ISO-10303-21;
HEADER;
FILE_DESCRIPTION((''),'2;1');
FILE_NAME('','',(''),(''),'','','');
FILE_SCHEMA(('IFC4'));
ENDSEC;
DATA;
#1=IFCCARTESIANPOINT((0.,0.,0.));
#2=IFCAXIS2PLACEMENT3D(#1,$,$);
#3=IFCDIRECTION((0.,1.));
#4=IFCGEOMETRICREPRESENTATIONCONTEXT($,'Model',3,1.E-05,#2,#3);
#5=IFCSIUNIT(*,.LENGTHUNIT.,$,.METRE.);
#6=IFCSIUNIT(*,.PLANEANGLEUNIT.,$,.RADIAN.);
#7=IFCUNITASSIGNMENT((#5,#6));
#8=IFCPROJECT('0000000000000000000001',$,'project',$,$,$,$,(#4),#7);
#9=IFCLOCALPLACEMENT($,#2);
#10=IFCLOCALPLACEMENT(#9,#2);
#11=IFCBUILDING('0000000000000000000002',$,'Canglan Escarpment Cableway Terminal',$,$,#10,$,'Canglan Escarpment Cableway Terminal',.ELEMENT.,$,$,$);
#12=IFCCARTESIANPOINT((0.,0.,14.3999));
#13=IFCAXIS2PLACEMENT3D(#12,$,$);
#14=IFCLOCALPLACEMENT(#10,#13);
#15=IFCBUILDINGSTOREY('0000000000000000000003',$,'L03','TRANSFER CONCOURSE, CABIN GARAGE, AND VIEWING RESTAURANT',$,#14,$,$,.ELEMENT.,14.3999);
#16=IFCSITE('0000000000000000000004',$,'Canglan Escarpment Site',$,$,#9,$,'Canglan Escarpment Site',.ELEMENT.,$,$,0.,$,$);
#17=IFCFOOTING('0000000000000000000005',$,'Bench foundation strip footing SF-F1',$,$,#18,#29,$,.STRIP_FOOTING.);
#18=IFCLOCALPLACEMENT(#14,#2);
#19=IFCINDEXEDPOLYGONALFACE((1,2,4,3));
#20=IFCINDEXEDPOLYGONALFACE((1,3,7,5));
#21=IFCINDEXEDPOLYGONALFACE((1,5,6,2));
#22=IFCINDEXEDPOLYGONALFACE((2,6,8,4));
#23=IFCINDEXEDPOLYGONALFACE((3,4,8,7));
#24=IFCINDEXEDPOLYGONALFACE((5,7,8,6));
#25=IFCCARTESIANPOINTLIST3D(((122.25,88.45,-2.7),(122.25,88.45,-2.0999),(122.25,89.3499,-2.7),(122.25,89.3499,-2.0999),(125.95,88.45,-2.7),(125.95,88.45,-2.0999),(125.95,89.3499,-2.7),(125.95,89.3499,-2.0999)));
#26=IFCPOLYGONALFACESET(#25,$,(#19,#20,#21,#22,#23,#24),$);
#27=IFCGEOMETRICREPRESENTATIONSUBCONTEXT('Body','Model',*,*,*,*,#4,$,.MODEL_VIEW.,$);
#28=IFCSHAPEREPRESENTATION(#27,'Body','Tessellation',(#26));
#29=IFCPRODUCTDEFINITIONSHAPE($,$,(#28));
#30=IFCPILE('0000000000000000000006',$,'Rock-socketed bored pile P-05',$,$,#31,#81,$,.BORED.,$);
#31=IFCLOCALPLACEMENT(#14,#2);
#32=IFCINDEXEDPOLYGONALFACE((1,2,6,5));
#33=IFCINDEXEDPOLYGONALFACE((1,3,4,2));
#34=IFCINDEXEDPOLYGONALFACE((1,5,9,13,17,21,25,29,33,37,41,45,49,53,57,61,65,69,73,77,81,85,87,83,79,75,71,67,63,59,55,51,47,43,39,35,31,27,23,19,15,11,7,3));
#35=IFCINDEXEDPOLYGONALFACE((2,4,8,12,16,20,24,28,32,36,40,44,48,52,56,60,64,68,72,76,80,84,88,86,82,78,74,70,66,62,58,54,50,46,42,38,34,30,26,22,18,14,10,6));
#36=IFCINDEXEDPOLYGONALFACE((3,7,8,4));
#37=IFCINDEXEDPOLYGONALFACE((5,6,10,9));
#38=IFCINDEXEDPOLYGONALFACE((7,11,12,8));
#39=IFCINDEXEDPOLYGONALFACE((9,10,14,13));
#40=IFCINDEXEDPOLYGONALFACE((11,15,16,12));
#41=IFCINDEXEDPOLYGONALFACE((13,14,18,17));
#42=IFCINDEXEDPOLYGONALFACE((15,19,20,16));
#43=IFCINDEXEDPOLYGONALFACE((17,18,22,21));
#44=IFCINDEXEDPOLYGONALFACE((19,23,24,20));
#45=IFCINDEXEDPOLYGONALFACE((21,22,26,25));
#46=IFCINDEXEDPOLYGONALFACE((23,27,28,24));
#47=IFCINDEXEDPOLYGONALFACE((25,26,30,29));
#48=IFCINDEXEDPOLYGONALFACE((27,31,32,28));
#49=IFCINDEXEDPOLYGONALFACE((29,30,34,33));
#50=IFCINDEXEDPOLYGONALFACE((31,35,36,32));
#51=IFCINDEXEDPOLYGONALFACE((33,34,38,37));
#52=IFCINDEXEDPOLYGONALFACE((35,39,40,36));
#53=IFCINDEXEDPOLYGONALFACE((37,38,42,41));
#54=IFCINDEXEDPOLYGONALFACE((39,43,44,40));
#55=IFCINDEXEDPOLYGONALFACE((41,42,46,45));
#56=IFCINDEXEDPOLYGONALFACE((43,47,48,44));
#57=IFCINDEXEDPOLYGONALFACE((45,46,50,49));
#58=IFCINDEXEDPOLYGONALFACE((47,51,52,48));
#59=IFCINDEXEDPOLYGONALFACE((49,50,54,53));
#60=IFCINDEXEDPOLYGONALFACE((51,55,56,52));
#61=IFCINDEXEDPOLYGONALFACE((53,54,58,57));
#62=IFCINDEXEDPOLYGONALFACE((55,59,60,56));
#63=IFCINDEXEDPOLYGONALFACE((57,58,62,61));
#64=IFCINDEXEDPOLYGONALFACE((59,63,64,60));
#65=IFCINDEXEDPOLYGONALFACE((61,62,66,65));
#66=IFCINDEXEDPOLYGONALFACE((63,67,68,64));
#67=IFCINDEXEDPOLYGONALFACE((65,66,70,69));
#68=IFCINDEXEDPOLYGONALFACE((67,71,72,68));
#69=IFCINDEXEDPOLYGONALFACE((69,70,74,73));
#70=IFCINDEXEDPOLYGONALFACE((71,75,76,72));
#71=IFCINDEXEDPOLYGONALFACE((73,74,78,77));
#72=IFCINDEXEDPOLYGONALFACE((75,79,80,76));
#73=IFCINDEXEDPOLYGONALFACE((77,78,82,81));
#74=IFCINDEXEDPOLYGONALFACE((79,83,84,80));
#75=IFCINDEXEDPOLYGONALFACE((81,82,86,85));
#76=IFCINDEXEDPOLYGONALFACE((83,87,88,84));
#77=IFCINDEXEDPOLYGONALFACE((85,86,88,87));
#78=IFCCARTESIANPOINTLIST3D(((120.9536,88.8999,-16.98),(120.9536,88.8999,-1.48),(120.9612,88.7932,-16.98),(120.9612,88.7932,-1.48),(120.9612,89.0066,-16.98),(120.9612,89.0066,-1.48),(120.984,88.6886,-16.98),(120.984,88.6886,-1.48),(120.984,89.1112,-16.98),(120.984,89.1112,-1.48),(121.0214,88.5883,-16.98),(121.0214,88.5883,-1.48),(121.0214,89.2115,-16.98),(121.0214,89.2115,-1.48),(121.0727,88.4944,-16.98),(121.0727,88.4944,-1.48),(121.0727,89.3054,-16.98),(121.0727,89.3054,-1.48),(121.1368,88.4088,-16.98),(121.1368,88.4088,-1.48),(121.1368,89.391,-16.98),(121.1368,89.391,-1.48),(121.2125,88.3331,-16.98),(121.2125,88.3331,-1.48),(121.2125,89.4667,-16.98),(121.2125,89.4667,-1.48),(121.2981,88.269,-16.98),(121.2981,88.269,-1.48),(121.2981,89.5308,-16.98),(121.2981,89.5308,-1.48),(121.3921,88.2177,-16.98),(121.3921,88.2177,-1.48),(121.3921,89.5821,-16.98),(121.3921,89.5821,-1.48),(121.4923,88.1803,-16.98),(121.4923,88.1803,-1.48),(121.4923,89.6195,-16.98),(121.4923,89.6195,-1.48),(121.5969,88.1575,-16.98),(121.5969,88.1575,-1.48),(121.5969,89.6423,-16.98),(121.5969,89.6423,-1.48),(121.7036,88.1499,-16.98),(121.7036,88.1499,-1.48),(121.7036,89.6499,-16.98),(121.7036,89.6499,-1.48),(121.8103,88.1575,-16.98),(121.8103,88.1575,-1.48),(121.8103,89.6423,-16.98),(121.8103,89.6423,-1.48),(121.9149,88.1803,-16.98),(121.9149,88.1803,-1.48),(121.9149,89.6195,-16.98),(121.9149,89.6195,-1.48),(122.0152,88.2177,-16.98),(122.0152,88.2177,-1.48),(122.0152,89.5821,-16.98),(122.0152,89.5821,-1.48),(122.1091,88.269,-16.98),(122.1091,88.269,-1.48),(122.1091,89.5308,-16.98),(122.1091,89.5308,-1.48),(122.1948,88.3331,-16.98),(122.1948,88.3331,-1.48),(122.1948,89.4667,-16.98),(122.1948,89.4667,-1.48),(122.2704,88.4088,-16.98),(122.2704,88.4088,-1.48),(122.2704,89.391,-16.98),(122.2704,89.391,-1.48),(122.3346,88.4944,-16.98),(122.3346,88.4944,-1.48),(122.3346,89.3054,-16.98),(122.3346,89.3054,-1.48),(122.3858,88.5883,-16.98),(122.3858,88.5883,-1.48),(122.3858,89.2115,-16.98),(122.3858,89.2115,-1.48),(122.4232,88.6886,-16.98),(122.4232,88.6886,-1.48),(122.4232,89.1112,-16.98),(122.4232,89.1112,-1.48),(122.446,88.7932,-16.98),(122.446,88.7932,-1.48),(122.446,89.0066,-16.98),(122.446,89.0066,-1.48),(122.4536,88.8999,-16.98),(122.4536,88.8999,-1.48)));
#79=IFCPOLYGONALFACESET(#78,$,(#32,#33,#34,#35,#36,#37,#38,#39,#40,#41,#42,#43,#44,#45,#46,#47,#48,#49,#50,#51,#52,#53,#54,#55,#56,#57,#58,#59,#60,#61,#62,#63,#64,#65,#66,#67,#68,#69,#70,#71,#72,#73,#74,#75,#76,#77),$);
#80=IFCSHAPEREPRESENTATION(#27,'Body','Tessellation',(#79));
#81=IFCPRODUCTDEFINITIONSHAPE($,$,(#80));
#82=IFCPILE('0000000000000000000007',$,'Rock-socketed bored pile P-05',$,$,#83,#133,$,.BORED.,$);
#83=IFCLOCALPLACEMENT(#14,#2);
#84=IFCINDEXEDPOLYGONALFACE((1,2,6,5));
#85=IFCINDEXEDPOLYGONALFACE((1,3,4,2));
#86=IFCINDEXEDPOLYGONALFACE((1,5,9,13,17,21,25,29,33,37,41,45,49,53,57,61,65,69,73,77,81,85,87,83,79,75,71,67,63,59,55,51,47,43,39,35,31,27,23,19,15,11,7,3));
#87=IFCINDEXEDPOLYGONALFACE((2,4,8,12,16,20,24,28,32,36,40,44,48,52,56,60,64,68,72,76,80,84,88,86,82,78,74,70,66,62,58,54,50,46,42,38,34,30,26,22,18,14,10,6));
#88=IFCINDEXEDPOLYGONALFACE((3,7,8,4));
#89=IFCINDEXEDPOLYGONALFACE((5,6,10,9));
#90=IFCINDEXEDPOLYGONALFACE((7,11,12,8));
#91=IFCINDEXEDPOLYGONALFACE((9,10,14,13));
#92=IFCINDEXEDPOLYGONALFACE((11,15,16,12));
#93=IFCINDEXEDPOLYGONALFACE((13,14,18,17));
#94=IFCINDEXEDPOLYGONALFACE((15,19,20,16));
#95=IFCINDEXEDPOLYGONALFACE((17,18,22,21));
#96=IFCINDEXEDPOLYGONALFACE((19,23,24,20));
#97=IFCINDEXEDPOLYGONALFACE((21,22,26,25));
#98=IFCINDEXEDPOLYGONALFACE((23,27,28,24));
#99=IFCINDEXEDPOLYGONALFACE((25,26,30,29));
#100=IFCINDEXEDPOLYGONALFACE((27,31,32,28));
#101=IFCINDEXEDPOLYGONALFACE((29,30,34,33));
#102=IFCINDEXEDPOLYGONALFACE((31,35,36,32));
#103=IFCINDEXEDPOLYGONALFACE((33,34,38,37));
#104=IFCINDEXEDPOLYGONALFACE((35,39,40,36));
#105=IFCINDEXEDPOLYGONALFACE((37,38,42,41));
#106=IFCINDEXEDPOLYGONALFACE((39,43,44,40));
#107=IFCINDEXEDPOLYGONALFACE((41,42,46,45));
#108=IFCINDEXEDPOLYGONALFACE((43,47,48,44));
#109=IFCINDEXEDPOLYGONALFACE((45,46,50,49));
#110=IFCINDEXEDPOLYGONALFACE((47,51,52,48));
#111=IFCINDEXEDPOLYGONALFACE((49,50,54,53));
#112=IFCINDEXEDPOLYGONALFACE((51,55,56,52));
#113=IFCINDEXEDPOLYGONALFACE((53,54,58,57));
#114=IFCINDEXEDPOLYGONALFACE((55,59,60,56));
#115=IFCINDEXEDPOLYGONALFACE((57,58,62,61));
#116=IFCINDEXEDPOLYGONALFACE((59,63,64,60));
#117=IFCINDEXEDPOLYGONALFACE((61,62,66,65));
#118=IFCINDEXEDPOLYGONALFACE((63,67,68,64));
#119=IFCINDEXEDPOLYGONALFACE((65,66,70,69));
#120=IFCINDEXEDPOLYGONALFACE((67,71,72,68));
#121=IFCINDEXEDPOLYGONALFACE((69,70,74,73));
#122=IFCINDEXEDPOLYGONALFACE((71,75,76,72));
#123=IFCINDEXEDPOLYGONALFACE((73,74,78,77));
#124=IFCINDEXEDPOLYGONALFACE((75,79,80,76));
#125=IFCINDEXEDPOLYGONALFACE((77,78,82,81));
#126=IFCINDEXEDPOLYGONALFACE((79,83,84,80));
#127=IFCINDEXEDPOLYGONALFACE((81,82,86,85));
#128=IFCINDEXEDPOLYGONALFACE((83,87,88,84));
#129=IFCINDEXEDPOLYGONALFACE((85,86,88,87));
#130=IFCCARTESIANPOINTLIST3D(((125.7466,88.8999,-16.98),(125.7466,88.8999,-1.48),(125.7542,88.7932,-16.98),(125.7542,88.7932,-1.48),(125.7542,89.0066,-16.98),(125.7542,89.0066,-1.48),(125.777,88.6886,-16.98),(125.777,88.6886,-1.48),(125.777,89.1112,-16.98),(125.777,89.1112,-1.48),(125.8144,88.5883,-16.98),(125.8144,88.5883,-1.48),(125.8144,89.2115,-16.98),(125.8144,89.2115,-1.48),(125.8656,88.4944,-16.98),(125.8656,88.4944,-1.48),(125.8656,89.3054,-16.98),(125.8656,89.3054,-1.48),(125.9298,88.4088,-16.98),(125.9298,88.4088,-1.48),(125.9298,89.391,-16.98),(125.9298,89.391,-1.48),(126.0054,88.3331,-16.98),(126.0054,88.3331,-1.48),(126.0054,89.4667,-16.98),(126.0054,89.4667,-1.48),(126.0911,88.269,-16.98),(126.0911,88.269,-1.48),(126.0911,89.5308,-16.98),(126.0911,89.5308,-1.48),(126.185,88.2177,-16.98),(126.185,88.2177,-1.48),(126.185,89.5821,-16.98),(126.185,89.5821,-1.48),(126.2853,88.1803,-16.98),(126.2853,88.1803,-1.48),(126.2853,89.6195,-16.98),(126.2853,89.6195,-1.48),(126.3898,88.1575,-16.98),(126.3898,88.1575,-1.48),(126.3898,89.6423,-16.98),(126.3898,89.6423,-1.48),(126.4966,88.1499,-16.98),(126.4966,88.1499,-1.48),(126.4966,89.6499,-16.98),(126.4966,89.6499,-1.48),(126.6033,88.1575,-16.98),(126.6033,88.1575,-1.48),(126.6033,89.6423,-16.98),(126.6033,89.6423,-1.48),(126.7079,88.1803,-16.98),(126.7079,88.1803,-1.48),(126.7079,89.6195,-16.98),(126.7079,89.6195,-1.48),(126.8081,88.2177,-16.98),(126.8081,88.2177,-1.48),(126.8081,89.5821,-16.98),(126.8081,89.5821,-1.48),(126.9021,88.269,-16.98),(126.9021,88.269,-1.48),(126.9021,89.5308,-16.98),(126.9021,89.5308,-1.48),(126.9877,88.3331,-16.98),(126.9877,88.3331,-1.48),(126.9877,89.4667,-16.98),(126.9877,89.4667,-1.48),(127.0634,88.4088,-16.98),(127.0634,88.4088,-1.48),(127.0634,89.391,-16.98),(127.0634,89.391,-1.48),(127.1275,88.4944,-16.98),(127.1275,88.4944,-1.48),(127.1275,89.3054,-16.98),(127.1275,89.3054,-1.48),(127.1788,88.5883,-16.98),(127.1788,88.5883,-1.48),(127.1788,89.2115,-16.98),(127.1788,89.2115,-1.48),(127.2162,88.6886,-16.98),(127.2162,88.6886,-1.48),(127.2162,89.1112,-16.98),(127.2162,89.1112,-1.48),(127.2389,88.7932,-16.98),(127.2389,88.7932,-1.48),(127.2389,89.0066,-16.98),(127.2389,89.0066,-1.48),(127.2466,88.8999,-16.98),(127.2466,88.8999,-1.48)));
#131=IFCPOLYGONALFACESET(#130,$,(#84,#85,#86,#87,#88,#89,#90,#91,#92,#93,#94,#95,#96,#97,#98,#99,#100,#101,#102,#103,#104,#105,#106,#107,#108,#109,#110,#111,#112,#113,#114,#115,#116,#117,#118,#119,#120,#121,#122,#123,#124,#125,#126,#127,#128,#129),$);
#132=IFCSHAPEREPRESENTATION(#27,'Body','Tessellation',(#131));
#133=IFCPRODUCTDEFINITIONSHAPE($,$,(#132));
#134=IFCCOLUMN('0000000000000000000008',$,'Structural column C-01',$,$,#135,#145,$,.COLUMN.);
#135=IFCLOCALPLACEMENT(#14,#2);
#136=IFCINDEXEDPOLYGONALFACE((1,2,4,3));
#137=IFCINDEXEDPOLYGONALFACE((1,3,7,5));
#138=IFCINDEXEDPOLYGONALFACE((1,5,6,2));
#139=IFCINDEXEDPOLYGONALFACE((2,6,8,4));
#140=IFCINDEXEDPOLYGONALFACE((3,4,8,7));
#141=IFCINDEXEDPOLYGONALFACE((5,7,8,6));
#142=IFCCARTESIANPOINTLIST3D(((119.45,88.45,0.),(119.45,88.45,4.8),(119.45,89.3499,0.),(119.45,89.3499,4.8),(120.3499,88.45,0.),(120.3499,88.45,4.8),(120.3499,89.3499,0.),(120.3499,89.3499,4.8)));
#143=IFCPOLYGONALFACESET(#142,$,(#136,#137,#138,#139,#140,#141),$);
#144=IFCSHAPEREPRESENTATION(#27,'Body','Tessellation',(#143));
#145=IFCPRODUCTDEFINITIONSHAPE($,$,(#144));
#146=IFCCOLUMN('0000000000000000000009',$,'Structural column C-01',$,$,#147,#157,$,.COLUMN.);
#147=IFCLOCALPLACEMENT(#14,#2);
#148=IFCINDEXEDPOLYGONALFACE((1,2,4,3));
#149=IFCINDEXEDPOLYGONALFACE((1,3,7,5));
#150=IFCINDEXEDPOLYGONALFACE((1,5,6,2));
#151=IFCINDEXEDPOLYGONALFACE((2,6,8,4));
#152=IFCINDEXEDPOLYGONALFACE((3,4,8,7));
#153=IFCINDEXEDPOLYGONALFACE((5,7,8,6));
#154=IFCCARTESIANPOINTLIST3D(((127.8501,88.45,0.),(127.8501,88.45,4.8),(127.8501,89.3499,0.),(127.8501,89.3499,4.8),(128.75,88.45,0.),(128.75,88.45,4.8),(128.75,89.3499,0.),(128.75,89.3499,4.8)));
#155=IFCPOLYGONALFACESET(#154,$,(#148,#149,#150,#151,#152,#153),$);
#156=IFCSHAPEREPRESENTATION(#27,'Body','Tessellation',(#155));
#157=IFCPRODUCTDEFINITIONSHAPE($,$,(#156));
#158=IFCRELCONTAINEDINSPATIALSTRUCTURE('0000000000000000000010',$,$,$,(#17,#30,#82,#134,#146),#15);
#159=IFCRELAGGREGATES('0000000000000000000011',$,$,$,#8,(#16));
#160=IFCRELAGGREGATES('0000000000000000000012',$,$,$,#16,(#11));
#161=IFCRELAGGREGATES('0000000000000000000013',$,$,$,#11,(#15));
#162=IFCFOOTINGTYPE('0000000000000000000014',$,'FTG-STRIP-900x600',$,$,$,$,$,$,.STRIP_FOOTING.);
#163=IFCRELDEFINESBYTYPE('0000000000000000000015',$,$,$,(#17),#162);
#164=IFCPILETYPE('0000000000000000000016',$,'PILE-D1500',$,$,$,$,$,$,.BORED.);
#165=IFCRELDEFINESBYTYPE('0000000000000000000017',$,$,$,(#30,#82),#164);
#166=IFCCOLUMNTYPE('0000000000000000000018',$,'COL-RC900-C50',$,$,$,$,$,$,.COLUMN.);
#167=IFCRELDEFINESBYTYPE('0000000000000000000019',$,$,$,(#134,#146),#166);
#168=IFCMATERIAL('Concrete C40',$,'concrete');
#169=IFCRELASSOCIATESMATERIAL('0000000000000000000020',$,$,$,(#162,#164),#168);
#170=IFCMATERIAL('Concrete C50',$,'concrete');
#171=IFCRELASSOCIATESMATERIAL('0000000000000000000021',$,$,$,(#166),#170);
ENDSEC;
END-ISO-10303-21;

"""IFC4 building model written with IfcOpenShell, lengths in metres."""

from ifc_helpers import new_model, si_unit, direction, frame, origin, origin_2d, place, context, subcontext, project, spatial, rectangle, circle, extrude, material, material_profile, profile_set, type_object, element, save


model = new_model("IFC4")

# Units and contexts
model_context = context("Model", 3, precision=1e-05, world=origin(), true_north=direction((0.0, 1.0)))
body_context = subcontext(model_context, "Body", "Model", "MODEL_VIEW")
ifc_project = project(units=[si_unit("LENGTHUNIT", "METRE"), si_unit("PLANEANGLEUNIT", "RADIAN")], contexts=[model_context])

# Site, building, storey
site_placement = place(None, origin())
site = spatial("IfcSite", under=ifc_project, at=site_placement, Name="Canglan Escarpment Site", LongName="Canglan Escarpment Site", CompositionType="ELEMENT", RefElevation=0.0)
building_placement = place(site_placement, origin())
building = spatial("IfcBuilding", under=site, at=building_placement, Name="Canglan Escarpment Cableway Terminal", LongName="Canglan Escarpment Cableway Terminal", CompositionType="ELEMENT")
storey_placement = place(building_placement, frame((0.0, 0.0, 14.3999)))
storey = spatial("IfcBuildingStorey", under=building, at=storey_placement, Name="L03", Description="TRANSFER CONCOURSE, CABIN GARAGE, AND VIEWING RESTAURANT", CompositionType="ELEMENT", Elevation=14.3999)

# Footing
ifc_material_1 = material(Name="Concrete C40", Category="concrete")
ifc_material_profile_1 = material_profile(ifc_material_1, rectangle(XDim=0.8999, YDim=0.6001, at=origin_2d()), Name="SF 900x600")
ifc_profile_set_1 = profile_set([ifc_material_profile_1], Name="Concrete C40")
footing_type = type_object("IfcFootingType", Name="FTG-STRIP-900x600", PredefinedType="STRIP_FOOTING", material=ifc_profile_set_1)
footing_placement = place(storey_placement, frame((122.25, 88.8999, -2.3999), z_axis=(1.0, 0.0, 0.0), x_axis=(0.0, 1.0, 0.0)))
element("IfcFooting", 1, at=footing_placement, inside=storey, type_object=footing_type, Name="Bench foundation strip footing SF-F1", PredefinedType="STRIP_FOOTING", context=body_context, shape_type="SweptSolid", body=[
    extrude(rectangle(XDim=0.8999, YDim=0.6001, at=origin_2d()), origin(), (0.0, 0.0, 1.0), 3.7),
])

# Piles
ifc_material_profile_2 = material_profile(ifc_material_1, circle(Radius=0.75, at=origin_2d()), Name="BORED PILE D1500")
ifc_profile_set_2 = profile_set([ifc_material_profile_2], Name="Concrete C40")
pile_type = type_object("IfcPileType", Name="PILE-D1500", PredefinedType="BORED", material=ifc_profile_set_2)
for number, where, z_axis, x_axis, name in (
    (2, (121.7036, 88.8999, -1.48), (0.0, 0.0, -1.0), (1.0, 0.0, 0.0), "Rock-socketed bored pile P-05"),
    (3, (126.4966, 88.8999, -1.48), (0.0, 0.0, -1.0), (1.0, 0.0, 0.0), "Rock-socketed bored pile P-05"),
):
    element("IfcPile", number, at=place(storey_placement, frame(where, z_axis=z_axis, x_axis=x_axis)), inside=storey, type_object=pile_type, Name=name, PredefinedType="BORED", context=body_context, shape_type="SweptSolid", body=[
        extrude(circle(Radius=0.75, at=origin_2d()), origin(), (0.0, 0.0, 1.0), 15.5),
    ])

# Columns
ifc_material_2 = material(Name="Concrete C50", Category="concrete")
ifc_material_profile_3 = material_profile(ifc_material_2, rectangle(XDim=0.8999, YDim=0.8999, at=origin_2d()), Name="RC 900x900")
ifc_profile_set_3 = profile_set([ifc_material_profile_3], Name="Concrete C50")
column_type = type_object("IfcColumnType", Name="COL-RC900-C50", PredefinedType="COLUMN", material=ifc_profile_set_3)
for number, where, z_axis, x_axis, name in (
    (4, (119.8999, 88.8999, 0.0), (0.0, 0.0, 1.0), (1.0, 0.0, 0.0), "Structural column C-01"),
    (5, (128.3, 88.8999, 0.0), (0.0, 0.0, 1.0), (1.0, 0.0, 0.0), "Structural column C-01"),
):
    element("IfcColumn", number, at=place(storey_placement, frame(where, z_axis=z_axis, x_axis=x_axis)), inside=storey, type_object=column_type, Name=name, PredefinedType="COLUMN", context=body_context, shape_type="SweptSolid", body=[
        extrude(rectangle(XDim=0.8999, YDim=0.8999, at=origin_2d()), origin(), (0.0, 0.0, 1.0), 4.8),
    ])

save(model, "model.ifc")
